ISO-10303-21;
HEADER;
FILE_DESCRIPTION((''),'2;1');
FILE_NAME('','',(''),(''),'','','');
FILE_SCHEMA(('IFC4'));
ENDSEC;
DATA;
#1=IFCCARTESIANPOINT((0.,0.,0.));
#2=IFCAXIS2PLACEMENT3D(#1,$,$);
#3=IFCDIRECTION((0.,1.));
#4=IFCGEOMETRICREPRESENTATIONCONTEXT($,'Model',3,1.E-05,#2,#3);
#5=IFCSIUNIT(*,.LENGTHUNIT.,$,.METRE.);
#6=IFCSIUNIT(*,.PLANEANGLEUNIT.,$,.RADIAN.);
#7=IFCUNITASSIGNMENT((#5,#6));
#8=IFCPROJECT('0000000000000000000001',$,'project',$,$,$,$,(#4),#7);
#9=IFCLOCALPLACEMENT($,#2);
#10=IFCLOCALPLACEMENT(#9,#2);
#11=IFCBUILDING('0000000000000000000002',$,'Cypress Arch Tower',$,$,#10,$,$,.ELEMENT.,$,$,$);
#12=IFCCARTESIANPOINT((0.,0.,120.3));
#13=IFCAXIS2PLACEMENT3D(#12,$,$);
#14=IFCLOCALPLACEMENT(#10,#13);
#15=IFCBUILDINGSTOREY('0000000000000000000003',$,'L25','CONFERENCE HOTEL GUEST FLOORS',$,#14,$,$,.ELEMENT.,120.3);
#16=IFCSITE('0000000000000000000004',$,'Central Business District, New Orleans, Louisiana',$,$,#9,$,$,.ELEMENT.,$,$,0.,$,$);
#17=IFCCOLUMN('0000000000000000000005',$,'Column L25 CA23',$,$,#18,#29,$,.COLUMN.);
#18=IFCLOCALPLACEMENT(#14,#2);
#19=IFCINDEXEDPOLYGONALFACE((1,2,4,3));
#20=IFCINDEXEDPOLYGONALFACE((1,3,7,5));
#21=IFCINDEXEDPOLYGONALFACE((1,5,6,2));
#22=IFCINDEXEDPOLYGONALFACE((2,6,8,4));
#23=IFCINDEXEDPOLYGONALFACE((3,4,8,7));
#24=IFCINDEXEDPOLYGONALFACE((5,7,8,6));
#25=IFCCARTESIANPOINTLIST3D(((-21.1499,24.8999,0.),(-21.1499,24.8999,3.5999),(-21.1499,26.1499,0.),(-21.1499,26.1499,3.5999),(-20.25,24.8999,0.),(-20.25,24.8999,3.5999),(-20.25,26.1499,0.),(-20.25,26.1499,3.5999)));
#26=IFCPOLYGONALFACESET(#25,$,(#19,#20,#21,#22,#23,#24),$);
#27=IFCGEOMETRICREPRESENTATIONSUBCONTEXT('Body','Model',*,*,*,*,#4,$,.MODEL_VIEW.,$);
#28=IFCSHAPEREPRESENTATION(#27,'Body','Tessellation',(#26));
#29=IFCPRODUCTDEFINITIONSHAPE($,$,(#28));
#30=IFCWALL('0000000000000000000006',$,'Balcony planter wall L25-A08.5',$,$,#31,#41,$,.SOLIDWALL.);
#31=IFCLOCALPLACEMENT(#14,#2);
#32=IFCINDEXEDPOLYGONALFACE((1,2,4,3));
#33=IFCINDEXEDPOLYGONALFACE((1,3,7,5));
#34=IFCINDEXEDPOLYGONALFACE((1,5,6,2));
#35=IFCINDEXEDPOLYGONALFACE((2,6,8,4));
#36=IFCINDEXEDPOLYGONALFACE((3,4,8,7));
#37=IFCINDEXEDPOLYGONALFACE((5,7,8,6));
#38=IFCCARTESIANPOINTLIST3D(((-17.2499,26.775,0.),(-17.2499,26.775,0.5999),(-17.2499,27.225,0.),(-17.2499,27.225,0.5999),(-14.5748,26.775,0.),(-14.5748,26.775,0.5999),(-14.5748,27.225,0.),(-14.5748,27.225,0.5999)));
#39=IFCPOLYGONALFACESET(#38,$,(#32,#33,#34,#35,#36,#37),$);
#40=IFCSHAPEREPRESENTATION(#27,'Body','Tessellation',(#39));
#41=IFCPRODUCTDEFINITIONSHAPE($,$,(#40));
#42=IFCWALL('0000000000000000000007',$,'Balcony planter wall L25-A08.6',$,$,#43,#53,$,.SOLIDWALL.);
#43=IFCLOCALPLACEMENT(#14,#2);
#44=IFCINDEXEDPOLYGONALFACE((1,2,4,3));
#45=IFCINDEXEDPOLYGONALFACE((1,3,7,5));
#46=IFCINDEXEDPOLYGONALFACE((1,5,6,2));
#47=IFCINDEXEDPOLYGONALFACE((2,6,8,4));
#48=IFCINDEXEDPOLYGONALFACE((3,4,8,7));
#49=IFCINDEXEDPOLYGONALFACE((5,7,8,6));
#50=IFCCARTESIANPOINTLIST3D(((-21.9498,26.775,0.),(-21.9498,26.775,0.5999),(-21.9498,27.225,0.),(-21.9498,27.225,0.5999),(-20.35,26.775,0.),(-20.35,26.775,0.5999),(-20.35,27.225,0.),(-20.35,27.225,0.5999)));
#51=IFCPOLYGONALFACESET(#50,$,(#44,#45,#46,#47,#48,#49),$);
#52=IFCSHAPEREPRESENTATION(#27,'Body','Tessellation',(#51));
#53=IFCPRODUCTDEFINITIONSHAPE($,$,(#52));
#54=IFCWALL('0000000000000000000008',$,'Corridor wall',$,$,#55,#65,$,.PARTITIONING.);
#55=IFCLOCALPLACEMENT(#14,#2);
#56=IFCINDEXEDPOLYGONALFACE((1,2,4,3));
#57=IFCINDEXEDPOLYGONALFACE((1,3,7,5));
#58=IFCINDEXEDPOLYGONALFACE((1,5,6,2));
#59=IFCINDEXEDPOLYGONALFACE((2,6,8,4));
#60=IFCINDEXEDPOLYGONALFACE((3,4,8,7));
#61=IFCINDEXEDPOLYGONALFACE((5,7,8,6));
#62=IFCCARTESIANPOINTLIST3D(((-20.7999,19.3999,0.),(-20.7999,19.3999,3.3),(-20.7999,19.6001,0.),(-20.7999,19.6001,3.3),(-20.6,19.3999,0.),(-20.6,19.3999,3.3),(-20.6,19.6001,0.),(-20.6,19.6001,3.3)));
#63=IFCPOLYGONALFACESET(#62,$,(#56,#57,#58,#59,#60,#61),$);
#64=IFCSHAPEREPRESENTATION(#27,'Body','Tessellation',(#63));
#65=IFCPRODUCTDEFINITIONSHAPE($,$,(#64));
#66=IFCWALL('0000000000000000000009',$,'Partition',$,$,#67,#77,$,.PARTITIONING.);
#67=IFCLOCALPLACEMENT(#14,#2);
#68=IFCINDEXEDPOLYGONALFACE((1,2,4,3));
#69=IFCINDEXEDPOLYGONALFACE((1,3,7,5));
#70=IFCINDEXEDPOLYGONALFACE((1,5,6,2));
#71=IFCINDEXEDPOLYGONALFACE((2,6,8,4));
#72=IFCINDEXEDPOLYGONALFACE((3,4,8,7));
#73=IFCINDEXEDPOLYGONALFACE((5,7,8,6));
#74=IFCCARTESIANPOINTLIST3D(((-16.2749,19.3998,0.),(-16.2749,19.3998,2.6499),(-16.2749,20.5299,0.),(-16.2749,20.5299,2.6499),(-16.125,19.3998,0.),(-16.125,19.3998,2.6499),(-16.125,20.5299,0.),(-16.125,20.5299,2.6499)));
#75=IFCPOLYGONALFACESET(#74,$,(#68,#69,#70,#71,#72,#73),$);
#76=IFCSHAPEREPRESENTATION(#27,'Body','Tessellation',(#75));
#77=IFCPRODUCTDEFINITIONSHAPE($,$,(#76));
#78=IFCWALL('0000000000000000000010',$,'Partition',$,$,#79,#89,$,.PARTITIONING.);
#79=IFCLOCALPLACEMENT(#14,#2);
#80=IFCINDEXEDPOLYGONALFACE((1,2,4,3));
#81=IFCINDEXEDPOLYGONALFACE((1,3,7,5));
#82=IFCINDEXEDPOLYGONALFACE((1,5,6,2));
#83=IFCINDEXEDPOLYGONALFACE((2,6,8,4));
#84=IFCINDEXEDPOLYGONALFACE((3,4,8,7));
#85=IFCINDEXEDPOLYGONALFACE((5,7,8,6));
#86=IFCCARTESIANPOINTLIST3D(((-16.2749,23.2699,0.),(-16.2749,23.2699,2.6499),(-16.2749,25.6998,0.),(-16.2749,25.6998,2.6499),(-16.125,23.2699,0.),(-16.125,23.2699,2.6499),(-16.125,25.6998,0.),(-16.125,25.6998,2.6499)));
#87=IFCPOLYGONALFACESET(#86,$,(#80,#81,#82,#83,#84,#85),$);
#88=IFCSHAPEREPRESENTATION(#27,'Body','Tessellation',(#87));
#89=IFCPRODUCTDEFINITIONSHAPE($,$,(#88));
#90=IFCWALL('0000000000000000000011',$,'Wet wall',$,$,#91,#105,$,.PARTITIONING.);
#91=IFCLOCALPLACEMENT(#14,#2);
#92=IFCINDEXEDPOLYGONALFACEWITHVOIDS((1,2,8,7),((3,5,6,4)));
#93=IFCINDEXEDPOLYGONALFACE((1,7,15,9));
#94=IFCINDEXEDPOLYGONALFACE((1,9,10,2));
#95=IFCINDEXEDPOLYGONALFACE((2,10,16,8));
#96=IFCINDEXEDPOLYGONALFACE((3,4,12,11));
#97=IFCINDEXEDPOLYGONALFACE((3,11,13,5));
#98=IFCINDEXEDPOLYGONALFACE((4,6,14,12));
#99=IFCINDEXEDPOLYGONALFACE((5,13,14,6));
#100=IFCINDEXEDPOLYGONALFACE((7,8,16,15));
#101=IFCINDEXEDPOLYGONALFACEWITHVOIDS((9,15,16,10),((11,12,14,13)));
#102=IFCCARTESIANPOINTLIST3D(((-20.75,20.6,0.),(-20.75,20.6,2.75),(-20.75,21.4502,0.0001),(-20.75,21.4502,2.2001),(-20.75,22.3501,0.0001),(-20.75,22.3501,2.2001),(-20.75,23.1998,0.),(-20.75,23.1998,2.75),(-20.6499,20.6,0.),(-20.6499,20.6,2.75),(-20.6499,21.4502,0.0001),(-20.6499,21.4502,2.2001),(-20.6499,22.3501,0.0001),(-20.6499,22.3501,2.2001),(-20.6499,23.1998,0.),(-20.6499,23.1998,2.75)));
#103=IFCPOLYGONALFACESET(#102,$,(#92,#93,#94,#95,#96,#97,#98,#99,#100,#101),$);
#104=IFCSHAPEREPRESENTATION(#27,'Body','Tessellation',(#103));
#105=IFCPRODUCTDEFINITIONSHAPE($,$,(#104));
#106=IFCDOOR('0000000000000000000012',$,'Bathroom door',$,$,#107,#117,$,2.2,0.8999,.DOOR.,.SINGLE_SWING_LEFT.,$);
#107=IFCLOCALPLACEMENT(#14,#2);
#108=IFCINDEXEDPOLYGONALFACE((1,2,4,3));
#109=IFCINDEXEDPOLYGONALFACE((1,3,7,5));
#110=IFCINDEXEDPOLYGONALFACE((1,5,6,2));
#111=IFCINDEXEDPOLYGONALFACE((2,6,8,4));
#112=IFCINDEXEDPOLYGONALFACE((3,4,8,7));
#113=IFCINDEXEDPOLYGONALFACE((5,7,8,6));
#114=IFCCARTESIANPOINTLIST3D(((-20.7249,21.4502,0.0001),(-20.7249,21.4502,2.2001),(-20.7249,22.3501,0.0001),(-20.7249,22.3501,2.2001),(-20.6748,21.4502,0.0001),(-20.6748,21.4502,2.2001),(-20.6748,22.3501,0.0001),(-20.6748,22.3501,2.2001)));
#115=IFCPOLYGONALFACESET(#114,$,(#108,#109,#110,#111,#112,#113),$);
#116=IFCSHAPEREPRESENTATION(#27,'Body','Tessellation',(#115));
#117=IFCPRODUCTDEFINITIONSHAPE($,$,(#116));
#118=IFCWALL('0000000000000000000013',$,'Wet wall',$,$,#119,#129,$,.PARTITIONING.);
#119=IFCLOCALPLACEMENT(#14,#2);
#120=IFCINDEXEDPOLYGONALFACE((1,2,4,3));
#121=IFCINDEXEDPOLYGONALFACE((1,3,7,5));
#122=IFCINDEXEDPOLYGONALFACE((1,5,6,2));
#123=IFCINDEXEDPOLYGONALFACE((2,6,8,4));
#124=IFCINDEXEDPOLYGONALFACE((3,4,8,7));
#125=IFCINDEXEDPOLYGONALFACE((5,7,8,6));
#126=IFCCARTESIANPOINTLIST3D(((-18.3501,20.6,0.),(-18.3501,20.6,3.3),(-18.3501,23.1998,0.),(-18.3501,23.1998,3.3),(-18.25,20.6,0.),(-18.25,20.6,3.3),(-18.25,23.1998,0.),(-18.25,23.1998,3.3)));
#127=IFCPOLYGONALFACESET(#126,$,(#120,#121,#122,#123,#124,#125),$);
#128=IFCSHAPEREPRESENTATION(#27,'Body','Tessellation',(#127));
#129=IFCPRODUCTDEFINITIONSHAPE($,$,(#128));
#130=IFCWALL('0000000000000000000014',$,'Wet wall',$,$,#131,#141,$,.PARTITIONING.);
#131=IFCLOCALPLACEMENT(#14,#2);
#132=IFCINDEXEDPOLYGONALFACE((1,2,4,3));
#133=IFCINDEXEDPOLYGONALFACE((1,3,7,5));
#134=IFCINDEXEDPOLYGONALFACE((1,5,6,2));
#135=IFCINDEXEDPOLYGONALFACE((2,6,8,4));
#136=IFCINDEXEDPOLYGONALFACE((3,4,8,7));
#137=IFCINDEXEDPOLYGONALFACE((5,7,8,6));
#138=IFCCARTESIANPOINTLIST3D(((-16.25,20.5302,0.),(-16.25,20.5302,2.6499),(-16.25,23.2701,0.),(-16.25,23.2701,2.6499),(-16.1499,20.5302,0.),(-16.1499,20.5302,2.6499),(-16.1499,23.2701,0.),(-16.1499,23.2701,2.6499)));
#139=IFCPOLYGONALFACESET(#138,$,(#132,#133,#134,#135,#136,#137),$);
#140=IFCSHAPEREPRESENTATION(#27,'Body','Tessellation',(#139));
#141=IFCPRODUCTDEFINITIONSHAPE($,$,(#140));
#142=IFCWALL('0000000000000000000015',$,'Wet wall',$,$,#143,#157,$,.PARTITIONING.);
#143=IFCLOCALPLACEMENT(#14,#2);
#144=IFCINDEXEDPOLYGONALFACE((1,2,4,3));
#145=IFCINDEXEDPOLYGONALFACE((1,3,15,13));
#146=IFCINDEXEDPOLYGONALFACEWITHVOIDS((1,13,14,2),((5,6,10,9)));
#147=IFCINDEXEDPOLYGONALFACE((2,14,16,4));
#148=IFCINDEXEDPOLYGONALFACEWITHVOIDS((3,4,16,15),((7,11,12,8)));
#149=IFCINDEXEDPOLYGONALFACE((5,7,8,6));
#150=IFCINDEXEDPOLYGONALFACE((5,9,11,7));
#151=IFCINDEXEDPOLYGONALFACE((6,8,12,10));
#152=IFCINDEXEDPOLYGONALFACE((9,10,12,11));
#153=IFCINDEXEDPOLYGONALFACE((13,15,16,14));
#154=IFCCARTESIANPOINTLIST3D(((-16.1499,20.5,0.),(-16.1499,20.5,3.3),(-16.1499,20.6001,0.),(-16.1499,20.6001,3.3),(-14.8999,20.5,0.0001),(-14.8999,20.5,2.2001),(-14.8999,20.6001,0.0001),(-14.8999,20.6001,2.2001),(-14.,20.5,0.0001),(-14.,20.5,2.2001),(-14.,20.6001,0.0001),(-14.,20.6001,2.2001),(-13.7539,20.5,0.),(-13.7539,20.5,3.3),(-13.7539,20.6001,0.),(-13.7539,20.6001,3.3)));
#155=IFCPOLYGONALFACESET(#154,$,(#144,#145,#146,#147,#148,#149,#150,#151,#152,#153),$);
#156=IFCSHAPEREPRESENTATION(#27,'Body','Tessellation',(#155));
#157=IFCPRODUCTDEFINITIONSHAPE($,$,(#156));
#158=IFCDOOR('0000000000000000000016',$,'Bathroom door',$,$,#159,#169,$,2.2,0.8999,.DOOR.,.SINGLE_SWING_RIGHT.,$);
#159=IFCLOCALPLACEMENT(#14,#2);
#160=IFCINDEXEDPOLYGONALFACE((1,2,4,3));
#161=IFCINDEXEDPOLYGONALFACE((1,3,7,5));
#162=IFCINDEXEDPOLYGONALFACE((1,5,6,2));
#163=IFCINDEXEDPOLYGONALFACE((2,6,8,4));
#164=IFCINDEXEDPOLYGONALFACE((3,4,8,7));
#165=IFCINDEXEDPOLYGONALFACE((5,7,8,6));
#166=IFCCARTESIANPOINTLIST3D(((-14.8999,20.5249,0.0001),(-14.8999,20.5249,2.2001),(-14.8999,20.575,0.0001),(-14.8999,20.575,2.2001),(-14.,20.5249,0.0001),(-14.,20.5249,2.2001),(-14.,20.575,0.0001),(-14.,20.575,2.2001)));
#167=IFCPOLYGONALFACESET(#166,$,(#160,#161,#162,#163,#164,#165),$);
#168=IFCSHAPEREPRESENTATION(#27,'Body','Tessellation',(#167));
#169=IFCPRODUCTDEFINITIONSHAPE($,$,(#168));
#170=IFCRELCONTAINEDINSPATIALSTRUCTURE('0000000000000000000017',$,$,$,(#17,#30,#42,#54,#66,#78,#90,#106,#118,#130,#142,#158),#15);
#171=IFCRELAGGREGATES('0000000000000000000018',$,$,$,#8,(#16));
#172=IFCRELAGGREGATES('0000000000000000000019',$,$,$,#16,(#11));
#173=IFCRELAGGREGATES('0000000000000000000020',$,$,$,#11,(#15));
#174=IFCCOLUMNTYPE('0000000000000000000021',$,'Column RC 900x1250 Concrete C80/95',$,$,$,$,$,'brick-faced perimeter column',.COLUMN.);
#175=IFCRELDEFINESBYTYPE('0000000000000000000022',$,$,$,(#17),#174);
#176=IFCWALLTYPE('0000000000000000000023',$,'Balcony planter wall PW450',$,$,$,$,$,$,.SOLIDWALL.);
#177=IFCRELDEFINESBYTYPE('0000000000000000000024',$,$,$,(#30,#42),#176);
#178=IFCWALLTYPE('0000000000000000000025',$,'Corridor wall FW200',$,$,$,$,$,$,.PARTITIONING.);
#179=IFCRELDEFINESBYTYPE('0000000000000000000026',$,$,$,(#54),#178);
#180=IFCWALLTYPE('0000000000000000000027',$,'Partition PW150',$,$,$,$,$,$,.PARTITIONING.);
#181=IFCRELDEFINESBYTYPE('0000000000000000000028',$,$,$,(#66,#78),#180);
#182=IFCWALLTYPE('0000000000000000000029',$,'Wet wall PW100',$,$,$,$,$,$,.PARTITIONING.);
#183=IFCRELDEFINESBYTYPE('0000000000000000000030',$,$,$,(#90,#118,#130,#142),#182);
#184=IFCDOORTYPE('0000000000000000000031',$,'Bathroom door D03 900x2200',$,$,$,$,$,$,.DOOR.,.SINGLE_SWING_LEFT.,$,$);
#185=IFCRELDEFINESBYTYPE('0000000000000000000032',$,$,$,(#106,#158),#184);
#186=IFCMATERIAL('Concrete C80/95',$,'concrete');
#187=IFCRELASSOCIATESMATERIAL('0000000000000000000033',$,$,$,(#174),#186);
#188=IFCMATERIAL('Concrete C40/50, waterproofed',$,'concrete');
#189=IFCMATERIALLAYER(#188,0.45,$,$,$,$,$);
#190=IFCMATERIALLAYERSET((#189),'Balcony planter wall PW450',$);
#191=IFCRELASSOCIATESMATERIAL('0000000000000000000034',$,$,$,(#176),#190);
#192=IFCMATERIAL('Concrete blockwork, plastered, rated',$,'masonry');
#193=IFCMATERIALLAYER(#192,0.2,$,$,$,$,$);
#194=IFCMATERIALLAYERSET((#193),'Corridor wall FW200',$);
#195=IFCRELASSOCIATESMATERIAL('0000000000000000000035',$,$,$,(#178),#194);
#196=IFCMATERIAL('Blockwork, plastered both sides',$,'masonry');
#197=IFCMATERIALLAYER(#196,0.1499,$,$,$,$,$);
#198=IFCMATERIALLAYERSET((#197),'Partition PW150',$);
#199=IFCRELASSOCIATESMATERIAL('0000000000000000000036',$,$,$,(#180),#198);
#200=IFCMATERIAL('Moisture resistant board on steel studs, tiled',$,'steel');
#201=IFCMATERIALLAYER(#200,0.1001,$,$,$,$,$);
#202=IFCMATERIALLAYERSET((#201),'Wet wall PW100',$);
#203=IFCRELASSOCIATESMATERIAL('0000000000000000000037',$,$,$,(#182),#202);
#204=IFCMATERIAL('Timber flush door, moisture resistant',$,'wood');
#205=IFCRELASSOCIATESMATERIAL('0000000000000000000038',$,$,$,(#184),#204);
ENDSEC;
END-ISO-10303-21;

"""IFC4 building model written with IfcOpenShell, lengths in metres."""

from ifc_helpers import new_model, si_unit, direction, frame, frame_2d, origin, origin_2d, place, context, subcontext, project, spatial, rectangle, extrude, material, layer, layer_set, material_profile, profile_set, type_object, element, fill, save


model = new_model("IFC4")

# Units and contexts
model_context = context("Model", 3, precision=1e-05, world=origin(), true_north=direction((0.0, 1.0)))
body_context = subcontext(model_context, "Body", "Model", "MODEL_VIEW")
ifc_project = project(units=[si_unit("LENGTHUNIT", "METRE"), si_unit("PLANEANGLEUNIT", "RADIAN")], contexts=[model_context])

# Site, building, storey
site_placement = place(None, origin())
site = spatial("IfcSite", under=ifc_project, at=site_placement, Name="Central Business District, New Orleans, Louisiana", CompositionType="ELEMENT", RefElevation=0.0)
building_placement = place(site_placement, origin())
building = spatial("IfcBuilding", under=site, at=building_placement, Name="Cypress Arch Tower", CompositionType="ELEMENT")
storey_placement = place(building_placement, frame((0.0, 0.0, 120.3)))
storey = spatial("IfcBuildingStorey", under=building, at=storey_placement, Name="L25", Description="CONFERENCE HOTEL GUEST FLOORS", CompositionType="ELEMENT", Elevation=120.3)

# Column
ifc_material_1 = material(Name="Concrete C80/95", Category="concrete")
ifc_material_profile = material_profile(ifc_material_1, rectangle(XDim=0.8999, YDim=1.25, at=origin_2d()), Name="RC 900x1250")
ifc_profile_set = profile_set([ifc_material_profile], Name="Concrete C80/95")
column_type = type_object("IfcColumnType", Name="Column RC 900x1250 Concrete C80/95", ElementType="brick-faced perimeter column", PredefinedType="COLUMN", material=ifc_profile_set)
column_placement = place(storey_placement, frame((-20.7, 25.5249, 0.0), z_axis=(0.0, 0.0, 1.0), x_axis=(-1.0, 0.0, 0.0)))
element("IfcColumn", 1, at=column_placement, inside=storey, type_object=column_type, Name="Column L25 CA23", PredefinedType="COLUMN", context=body_context, shape_type="SweptSolid", body=[
    extrude(rectangle(XDim=0.8999, YDim=1.25, at=origin_2d()), origin(), (0.0, 0.0, 1.0), 3.5999),
])

# Walls
ifc_material_2 = material(Name="Concrete C40/50, waterproofed", Category="concrete")
ifc_layer_1 = layer(ifc_material_2, 0.45)
ifc_layer_set_1 = layer_set([ifc_layer_1], Name="Balcony planter wall PW450")
wall_type_1 = type_object("IfcWallType", Name="Balcony planter wall PW450", PredefinedType="SOLIDWALL", material=ifc_layer_set_1)
wall_1_placement = place(storey_placement, frame((-14.575, 27.0, 0.0), z_axis=(0.0, 0.0, 1.0), x_axis=(-1.0, 0.0, 0.0)))
element("IfcWall", 2, at=wall_1_placement, inside=storey, type_object=wall_type_1, Name="Balcony planter wall L25-A08.5", PredefinedType="SOLIDWALL", context=body_context, shape_type="SweptSolid", body=[
    extrude(rectangle(XDim=2.675, YDim=0.45, at=frame_2d((1.3374, 0.0))), origin(), (0.0, 0.0, 1.0), 0.5999),
])
wall_2_placement = place(storey_placement, frame((-20.3501, 27.0, 0.0), z_axis=(0.0, 0.0, 1.0), x_axis=(-1.0, 0.0, 0.0)))
element("IfcWall", 3, at=wall_2_placement, inside=storey, type_object=wall_type_1, Name="Balcony planter wall L25-A08.6", PredefinedType="SOLIDWALL", context=body_context, shape_type="SweptSolid", body=[
    extrude(rectangle(XDim=1.5999, YDim=0.45, at=frame_2d((0.7998, 0.0))), origin(), (0.0, 0.0, 1.0), 0.5999),
])
ifc_material_3 = material(Name="Concrete blockwork, plastered, rated", Category="masonry")
ifc_layer_2 = layer(ifc_material_3, 0.2)
ifc_layer_set_2 = layer_set([ifc_layer_2], Name="Corridor wall FW200")
wall_type_2 = type_object("IfcWallType", Name="Corridor wall FW200", PredefinedType="PARTITIONING", material=ifc_layer_set_2)
wall_3_placement = place(storey_placement, frame((-20.7, 19.3999, 0.0), z_axis=(0.0, 0.0, 1.0), x_axis=(0.0, 1.0, 0.0)))
element("IfcWall", 4, at=wall_3_placement, inside=storey, type_object=wall_type_2, Name="Corridor wall", PredefinedType="PARTITIONING", context=body_context, shape_type="SweptSolid", body=[
    extrude(rectangle(XDim=0.2002, YDim=0.2, at=frame_2d((0.1001, 0.0))), origin(), (0.0, 0.0, 1.0), 3.3),
])
ifc_material_4 = material(Name="Blockwork, plastered both sides", Category="masonry")
ifc_layer_3 = layer(ifc_material_4, 0.1499)
ifc_layer_set_3 = layer_set([ifc_layer_3], Name="Partition PW150")
wall_type_3 = type_object("IfcWallType", Name="Partition PW150", PredefinedType="PARTITIONING", material=ifc_layer_set_3)
wall_4_placement = place(storey_placement, frame((-16.2, 19.3999, 0.0), z_axis=(0.0, 0.0, 1.0), x_axis=(0.0, 1.0, 0.0)))
element("IfcWall", 5, at=wall_4_placement, inside=storey, type_object=wall_type_3, Name="Partition", PredefinedType="PARTITIONING", context=body_context, shape_type="SweptSolid", body=[
    extrude(rectangle(XDim=1.1301, YDim=0.1499, at=frame_2d((0.5649, 0.0))), origin(), (0.0, 0.0, 1.0), 2.6499),
])
wall_5_placement = place(storey_placement, frame((-16.2, 23.27, 0.0), z_axis=(0.0, 0.0, 1.0), x_axis=(0.0, 1.0, 0.0)))
element("IfcWall", 6, at=wall_5_placement, inside=storey, type_object=wall_type_3, Name="Partition", PredefinedType="PARTITIONING", context=body_context, shape_type="SweptSolid", body=[
    extrude(rectangle(XDim=2.4299, YDim=0.1499, at=frame_2d((1.2148, 0.0))), origin(), (0.0, 0.0, 1.0), 2.6499),
])

# Wall, opening, door
ifc_material_5 = material(Name="Moisture resistant board on steel studs, tiled", Category="steel")
ifc_layer_4 = layer(ifc_material_5, 0.1001)
ifc_layer_set_4 = layer_set([ifc_layer_4], Name="Wet wall PW100")
wall_type_4 = type_object("IfcWallType", Name="Wet wall PW100", PredefinedType="PARTITIONING", material=ifc_layer_set_4)
wall_6_placement = place(storey_placement, frame((-20.7, 20.6001, 0.0), z_axis=(0.0, 0.0, 1.0), x_axis=(0.0, 1.0, 0.0)))
wall_6 = element("IfcWall", 7, at=wall_6_placement, inside=storey, type_object=wall_type_4, Name="Wet wall", PredefinedType="PARTITIONING", context=body_context, shape_type="SweptSolid", body=[
    extrude(rectangle(XDim=2.5999, YDim=0.1001, at=frame_2d((1.2998, 0.0))), origin(), (0.0, 0.0, 1.0), 2.75),
])
opening_1_placement = place(wall_6_placement, frame((0.8501, 0.0, 0.0)))
opening_1 = element("IfcOpeningElement", 8, at=opening_1_placement, cuts=wall_6, PredefinedType="OPENING", context=body_context, shape_type="SweptSolid", body=[
    extrude(rectangle(XDim=0.8999, YDim=2.2, at=frame_2d((0.45, 1.1001))), frame((0.0, 0.0601, 0.0), z_axis=(0.0, -1.0, 0.0), x_axis=(1.0, 0.0, 0.0)), (0.0, 0.0, 1.0), 0.1201),
])
ifc_material_6 = material(Name="Timber flush door, moisture resistant", Category="wood")
door_type = type_object("IfcDoorType", Name="Bathroom door D03 900x2200", OperationType="SINGLE_SWING_LEFT", PredefinedType="DOOR", material=ifc_material_6)
door_1_placement = place(opening_1_placement, origin())
door_1 = element("IfcDoor", 9, at=door_1_placement, inside=storey, type_object=door_type, Name="Bathroom door", OperationType="SINGLE_SWING_LEFT", OverallHeight=2.2, OverallWidth=0.8999, PredefinedType="DOOR", context=body_context, shape_type="SweptSolid", body=[
    extrude(rectangle(XDim=0.8999, YDim=2.2, at=frame_2d((0.45, 1.1001))), frame((0.0, 0.0249, 0.0), z_axis=(0.0, -1.0, 0.0), x_axis=(1.0, 0.0, 0.0)), (0.0, 0.0, 1.0), 0.05),
])
fill(opening_1, door_1)

# Walls
wall_7_placement = place(storey_placement, frame((-18.3, 20.6001, 0.0), z_axis=(0.0, 0.0, 1.0), x_axis=(0.0, 1.0, 0.0)))
element("IfcWall", 10, at=wall_7_placement, inside=storey, type_object=wall_type_4, Name="Wet wall", PredefinedType="PARTITIONING", context=body_context, shape_type="SweptSolid", body=[
    extrude(rectangle(XDim=2.5999, YDim=0.1001, at=frame_2d((1.2998, 0.0))), origin(), (0.0, 0.0, 1.0), 3.3),
])
wall_8_placement = place(storey_placement, frame((-16.2, 20.53, 0.0), z_axis=(0.0, 0.0, 1.0), x_axis=(0.0, 1.0, 0.0)))
element("IfcWall", 11, at=wall_8_placement, inside=storey, type_object=wall_type_4, Name="Wet wall", PredefinedType="PARTITIONING", context=body_context, shape_type="SweptSolid", body=[
    extrude(rectangle(XDim=2.74, YDim=0.1001, at=frame_2d((1.3701, 0.0))), origin(), (0.0, 0.0, 1.0), 2.6499),
])

# Wall, opening, door
wall_9_placement = place(storey_placement, frame((-16.1499, 20.55, 0.0), z_axis=(0.0, 0.0, 1.0), x_axis=(1.0, 0.0, 0.0)))
wall_9 = element("IfcWall", 12, at=wall_9_placement, inside=storey, type_object=wall_type_4, Name="Wet wall", PredefinedType="PARTITIONING", context=body_context, shape_type="SweptSolid", body=[
    extrude(rectangle(XDim=2.396, YDim=0.1001, at=frame_2d((1.198, 0.0))), origin(), (0.0, 0.0, 1.0), 3.3),
])
opening_2_placement = place(wall_9_placement, frame((1.25, 0.0, 0.0)))
opening_2 = element("IfcOpeningElement", 13, at=opening_2_placement, cuts=wall_9, PredefinedType="OPENING", context=body_context, shape_type="SweptSolid", body=[
    extrude(rectangle(XDim=0.8999, YDim=2.2, at=frame_2d((0.45, 1.1001))), frame((0.0, 0.0601, 0.0), z_axis=(0.0, -1.0, 0.0), x_axis=(1.0, 0.0, 0.0)), (0.0, 0.0, 1.0), 0.1201),
])
door_2_placement = place(opening_2_placement, origin())
door_2 = element("IfcDoor", 14, at=door_2_placement, inside=storey, type_object=door_type, Name="Bathroom door", OperationType="SINGLE_SWING_RIGHT", OverallHeight=2.2, OverallWidth=0.8999, PredefinedType="DOOR", context=body_context, shape_type="SweptSolid", body=[
    extrude(rectangle(XDim=0.8999, YDim=2.2, at=frame_2d((0.45, 1.1001))), frame((0.0, 0.0249, 0.0), z_axis=(0.0, -1.0, 0.0), x_axis=(1.0, 0.0, 0.0)), (0.0, 0.0, 1.0), 0.05),
])
fill(opening_2, door_2)

save(model, "model.ifc")
